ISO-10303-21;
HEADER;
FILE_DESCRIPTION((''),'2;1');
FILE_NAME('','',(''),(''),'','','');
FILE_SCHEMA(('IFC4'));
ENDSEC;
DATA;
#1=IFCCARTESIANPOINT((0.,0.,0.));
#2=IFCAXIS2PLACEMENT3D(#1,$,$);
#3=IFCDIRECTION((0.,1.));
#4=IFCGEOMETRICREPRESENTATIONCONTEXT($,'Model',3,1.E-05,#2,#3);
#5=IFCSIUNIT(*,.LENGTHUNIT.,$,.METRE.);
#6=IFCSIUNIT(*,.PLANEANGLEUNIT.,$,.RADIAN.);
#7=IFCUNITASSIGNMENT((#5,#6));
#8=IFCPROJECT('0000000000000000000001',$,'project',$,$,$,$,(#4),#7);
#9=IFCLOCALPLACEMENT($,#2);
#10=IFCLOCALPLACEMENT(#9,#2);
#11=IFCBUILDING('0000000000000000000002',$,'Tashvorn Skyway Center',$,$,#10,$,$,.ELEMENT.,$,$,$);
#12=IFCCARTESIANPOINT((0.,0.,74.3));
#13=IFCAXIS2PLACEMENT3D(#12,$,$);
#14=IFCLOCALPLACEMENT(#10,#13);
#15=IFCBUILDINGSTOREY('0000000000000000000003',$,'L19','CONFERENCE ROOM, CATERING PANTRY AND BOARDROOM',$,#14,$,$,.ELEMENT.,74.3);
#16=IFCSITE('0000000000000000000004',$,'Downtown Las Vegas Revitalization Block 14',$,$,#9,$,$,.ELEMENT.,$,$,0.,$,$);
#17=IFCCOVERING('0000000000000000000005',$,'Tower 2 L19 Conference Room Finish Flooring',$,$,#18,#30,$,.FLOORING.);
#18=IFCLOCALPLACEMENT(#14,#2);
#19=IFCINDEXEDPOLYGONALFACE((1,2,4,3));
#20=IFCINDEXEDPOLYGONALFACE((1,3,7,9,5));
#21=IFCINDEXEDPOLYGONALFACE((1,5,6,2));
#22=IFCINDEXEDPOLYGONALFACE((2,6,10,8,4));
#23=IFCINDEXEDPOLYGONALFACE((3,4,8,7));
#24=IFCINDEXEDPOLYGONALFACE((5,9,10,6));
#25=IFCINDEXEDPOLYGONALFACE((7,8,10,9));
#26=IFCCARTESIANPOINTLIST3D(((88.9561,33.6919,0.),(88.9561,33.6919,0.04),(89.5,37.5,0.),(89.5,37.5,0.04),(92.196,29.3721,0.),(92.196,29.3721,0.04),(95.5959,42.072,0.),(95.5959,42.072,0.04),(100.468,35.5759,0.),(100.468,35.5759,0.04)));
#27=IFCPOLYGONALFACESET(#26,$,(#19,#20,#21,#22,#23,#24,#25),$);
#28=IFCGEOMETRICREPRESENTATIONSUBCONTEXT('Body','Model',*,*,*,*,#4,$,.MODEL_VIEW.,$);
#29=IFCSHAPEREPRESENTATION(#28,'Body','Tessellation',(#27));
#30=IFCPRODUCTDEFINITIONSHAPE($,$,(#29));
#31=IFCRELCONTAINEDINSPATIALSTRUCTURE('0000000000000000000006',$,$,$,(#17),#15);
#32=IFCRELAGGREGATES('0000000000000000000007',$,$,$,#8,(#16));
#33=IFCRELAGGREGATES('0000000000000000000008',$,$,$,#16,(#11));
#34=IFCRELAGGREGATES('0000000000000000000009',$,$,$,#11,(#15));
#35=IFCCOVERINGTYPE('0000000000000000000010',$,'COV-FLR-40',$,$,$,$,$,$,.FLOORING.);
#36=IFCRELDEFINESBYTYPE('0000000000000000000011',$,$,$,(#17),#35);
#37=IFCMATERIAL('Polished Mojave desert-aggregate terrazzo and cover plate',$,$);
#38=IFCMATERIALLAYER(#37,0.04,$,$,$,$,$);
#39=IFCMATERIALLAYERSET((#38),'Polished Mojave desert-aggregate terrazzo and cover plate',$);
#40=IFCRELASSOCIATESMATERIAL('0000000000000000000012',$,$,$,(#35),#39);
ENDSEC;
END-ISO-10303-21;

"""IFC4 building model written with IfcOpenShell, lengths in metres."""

from ifc_helpers import new_model, si_unit, direction, frame, origin, place, context, subcontext, project, spatial, polyline, outline, extrude, material, layer, layer_set, type_object, element, save


model = new_model("IFC4")

# Units and contexts
model_context = context("Model", 3, precision=1e-05, world=origin(), true_north=direction((0.0, 1.0)))
body_context = subcontext(model_context, "Body", "Model", "MODEL_VIEW")
ifc_project = project(units=[si_unit("LENGTHUNIT", "METRE"), si_unit("PLANEANGLEUNIT", "RADIAN")], contexts=[model_context])

# Site, building, storey
site_placement = place(None, origin())
site = spatial("IfcSite", under=ifc_project, at=site_placement, Name="Downtown Las Vegas Revitalization Block 14", CompositionType="ELEMENT", RefElevation=0.0)
building_placement = place(site_placement, origin())
building = spatial("IfcBuilding", under=site, at=building_placement, Name="Tashvorn Skyway Center", CompositionType="ELEMENT")
storey_placement = place(building_placement, frame((0.0, 0.0, 74.3)))
storey = spatial("IfcBuildingStorey", under=building, at=storey_placement, Name="L19", Description="CONFERENCE ROOM, CATERING PANTRY AND BOARDROOM", CompositionType="ELEMENT", Elevation=74.3)

# Covering
ifc_material_1 = material(Name="Polished Mojave desert-aggregate terrazzo and cover plate")
ifc_layer_1 = layer(ifc_material_1, 0.04)
ifc_layer_set_1 = layer_set([ifc_layer_1], Name="Polished Mojave desert-aggregate terrazzo and cover plate")
covering_type_1 = type_object("IfcCoveringType", Name="COV-FLR-40", PredefinedType="FLOORING", material=ifc_layer_set_1)
covering_1_placement = place(storey_placement, origin())
element("IfcCovering", 1, at=covering_1_placement, inside=storey, type_object=covering_type_1, Name="Tower 2 L19 Conference Room Finish Flooring", PredefinedType="FLOORING", context=body_context, shape_type="SweptSolid", body=[
    extrude(outline(polyline([(100.468, 35.5759), (92.196, 29.3721), (88.9561, 33.6919), (89.5, 37.5), (95.5959, 42.072), (100.468, 35.5759)])), origin(), (0.0, 0.0, 1.0), 0.04),
])

save(model, "model.ifc")
